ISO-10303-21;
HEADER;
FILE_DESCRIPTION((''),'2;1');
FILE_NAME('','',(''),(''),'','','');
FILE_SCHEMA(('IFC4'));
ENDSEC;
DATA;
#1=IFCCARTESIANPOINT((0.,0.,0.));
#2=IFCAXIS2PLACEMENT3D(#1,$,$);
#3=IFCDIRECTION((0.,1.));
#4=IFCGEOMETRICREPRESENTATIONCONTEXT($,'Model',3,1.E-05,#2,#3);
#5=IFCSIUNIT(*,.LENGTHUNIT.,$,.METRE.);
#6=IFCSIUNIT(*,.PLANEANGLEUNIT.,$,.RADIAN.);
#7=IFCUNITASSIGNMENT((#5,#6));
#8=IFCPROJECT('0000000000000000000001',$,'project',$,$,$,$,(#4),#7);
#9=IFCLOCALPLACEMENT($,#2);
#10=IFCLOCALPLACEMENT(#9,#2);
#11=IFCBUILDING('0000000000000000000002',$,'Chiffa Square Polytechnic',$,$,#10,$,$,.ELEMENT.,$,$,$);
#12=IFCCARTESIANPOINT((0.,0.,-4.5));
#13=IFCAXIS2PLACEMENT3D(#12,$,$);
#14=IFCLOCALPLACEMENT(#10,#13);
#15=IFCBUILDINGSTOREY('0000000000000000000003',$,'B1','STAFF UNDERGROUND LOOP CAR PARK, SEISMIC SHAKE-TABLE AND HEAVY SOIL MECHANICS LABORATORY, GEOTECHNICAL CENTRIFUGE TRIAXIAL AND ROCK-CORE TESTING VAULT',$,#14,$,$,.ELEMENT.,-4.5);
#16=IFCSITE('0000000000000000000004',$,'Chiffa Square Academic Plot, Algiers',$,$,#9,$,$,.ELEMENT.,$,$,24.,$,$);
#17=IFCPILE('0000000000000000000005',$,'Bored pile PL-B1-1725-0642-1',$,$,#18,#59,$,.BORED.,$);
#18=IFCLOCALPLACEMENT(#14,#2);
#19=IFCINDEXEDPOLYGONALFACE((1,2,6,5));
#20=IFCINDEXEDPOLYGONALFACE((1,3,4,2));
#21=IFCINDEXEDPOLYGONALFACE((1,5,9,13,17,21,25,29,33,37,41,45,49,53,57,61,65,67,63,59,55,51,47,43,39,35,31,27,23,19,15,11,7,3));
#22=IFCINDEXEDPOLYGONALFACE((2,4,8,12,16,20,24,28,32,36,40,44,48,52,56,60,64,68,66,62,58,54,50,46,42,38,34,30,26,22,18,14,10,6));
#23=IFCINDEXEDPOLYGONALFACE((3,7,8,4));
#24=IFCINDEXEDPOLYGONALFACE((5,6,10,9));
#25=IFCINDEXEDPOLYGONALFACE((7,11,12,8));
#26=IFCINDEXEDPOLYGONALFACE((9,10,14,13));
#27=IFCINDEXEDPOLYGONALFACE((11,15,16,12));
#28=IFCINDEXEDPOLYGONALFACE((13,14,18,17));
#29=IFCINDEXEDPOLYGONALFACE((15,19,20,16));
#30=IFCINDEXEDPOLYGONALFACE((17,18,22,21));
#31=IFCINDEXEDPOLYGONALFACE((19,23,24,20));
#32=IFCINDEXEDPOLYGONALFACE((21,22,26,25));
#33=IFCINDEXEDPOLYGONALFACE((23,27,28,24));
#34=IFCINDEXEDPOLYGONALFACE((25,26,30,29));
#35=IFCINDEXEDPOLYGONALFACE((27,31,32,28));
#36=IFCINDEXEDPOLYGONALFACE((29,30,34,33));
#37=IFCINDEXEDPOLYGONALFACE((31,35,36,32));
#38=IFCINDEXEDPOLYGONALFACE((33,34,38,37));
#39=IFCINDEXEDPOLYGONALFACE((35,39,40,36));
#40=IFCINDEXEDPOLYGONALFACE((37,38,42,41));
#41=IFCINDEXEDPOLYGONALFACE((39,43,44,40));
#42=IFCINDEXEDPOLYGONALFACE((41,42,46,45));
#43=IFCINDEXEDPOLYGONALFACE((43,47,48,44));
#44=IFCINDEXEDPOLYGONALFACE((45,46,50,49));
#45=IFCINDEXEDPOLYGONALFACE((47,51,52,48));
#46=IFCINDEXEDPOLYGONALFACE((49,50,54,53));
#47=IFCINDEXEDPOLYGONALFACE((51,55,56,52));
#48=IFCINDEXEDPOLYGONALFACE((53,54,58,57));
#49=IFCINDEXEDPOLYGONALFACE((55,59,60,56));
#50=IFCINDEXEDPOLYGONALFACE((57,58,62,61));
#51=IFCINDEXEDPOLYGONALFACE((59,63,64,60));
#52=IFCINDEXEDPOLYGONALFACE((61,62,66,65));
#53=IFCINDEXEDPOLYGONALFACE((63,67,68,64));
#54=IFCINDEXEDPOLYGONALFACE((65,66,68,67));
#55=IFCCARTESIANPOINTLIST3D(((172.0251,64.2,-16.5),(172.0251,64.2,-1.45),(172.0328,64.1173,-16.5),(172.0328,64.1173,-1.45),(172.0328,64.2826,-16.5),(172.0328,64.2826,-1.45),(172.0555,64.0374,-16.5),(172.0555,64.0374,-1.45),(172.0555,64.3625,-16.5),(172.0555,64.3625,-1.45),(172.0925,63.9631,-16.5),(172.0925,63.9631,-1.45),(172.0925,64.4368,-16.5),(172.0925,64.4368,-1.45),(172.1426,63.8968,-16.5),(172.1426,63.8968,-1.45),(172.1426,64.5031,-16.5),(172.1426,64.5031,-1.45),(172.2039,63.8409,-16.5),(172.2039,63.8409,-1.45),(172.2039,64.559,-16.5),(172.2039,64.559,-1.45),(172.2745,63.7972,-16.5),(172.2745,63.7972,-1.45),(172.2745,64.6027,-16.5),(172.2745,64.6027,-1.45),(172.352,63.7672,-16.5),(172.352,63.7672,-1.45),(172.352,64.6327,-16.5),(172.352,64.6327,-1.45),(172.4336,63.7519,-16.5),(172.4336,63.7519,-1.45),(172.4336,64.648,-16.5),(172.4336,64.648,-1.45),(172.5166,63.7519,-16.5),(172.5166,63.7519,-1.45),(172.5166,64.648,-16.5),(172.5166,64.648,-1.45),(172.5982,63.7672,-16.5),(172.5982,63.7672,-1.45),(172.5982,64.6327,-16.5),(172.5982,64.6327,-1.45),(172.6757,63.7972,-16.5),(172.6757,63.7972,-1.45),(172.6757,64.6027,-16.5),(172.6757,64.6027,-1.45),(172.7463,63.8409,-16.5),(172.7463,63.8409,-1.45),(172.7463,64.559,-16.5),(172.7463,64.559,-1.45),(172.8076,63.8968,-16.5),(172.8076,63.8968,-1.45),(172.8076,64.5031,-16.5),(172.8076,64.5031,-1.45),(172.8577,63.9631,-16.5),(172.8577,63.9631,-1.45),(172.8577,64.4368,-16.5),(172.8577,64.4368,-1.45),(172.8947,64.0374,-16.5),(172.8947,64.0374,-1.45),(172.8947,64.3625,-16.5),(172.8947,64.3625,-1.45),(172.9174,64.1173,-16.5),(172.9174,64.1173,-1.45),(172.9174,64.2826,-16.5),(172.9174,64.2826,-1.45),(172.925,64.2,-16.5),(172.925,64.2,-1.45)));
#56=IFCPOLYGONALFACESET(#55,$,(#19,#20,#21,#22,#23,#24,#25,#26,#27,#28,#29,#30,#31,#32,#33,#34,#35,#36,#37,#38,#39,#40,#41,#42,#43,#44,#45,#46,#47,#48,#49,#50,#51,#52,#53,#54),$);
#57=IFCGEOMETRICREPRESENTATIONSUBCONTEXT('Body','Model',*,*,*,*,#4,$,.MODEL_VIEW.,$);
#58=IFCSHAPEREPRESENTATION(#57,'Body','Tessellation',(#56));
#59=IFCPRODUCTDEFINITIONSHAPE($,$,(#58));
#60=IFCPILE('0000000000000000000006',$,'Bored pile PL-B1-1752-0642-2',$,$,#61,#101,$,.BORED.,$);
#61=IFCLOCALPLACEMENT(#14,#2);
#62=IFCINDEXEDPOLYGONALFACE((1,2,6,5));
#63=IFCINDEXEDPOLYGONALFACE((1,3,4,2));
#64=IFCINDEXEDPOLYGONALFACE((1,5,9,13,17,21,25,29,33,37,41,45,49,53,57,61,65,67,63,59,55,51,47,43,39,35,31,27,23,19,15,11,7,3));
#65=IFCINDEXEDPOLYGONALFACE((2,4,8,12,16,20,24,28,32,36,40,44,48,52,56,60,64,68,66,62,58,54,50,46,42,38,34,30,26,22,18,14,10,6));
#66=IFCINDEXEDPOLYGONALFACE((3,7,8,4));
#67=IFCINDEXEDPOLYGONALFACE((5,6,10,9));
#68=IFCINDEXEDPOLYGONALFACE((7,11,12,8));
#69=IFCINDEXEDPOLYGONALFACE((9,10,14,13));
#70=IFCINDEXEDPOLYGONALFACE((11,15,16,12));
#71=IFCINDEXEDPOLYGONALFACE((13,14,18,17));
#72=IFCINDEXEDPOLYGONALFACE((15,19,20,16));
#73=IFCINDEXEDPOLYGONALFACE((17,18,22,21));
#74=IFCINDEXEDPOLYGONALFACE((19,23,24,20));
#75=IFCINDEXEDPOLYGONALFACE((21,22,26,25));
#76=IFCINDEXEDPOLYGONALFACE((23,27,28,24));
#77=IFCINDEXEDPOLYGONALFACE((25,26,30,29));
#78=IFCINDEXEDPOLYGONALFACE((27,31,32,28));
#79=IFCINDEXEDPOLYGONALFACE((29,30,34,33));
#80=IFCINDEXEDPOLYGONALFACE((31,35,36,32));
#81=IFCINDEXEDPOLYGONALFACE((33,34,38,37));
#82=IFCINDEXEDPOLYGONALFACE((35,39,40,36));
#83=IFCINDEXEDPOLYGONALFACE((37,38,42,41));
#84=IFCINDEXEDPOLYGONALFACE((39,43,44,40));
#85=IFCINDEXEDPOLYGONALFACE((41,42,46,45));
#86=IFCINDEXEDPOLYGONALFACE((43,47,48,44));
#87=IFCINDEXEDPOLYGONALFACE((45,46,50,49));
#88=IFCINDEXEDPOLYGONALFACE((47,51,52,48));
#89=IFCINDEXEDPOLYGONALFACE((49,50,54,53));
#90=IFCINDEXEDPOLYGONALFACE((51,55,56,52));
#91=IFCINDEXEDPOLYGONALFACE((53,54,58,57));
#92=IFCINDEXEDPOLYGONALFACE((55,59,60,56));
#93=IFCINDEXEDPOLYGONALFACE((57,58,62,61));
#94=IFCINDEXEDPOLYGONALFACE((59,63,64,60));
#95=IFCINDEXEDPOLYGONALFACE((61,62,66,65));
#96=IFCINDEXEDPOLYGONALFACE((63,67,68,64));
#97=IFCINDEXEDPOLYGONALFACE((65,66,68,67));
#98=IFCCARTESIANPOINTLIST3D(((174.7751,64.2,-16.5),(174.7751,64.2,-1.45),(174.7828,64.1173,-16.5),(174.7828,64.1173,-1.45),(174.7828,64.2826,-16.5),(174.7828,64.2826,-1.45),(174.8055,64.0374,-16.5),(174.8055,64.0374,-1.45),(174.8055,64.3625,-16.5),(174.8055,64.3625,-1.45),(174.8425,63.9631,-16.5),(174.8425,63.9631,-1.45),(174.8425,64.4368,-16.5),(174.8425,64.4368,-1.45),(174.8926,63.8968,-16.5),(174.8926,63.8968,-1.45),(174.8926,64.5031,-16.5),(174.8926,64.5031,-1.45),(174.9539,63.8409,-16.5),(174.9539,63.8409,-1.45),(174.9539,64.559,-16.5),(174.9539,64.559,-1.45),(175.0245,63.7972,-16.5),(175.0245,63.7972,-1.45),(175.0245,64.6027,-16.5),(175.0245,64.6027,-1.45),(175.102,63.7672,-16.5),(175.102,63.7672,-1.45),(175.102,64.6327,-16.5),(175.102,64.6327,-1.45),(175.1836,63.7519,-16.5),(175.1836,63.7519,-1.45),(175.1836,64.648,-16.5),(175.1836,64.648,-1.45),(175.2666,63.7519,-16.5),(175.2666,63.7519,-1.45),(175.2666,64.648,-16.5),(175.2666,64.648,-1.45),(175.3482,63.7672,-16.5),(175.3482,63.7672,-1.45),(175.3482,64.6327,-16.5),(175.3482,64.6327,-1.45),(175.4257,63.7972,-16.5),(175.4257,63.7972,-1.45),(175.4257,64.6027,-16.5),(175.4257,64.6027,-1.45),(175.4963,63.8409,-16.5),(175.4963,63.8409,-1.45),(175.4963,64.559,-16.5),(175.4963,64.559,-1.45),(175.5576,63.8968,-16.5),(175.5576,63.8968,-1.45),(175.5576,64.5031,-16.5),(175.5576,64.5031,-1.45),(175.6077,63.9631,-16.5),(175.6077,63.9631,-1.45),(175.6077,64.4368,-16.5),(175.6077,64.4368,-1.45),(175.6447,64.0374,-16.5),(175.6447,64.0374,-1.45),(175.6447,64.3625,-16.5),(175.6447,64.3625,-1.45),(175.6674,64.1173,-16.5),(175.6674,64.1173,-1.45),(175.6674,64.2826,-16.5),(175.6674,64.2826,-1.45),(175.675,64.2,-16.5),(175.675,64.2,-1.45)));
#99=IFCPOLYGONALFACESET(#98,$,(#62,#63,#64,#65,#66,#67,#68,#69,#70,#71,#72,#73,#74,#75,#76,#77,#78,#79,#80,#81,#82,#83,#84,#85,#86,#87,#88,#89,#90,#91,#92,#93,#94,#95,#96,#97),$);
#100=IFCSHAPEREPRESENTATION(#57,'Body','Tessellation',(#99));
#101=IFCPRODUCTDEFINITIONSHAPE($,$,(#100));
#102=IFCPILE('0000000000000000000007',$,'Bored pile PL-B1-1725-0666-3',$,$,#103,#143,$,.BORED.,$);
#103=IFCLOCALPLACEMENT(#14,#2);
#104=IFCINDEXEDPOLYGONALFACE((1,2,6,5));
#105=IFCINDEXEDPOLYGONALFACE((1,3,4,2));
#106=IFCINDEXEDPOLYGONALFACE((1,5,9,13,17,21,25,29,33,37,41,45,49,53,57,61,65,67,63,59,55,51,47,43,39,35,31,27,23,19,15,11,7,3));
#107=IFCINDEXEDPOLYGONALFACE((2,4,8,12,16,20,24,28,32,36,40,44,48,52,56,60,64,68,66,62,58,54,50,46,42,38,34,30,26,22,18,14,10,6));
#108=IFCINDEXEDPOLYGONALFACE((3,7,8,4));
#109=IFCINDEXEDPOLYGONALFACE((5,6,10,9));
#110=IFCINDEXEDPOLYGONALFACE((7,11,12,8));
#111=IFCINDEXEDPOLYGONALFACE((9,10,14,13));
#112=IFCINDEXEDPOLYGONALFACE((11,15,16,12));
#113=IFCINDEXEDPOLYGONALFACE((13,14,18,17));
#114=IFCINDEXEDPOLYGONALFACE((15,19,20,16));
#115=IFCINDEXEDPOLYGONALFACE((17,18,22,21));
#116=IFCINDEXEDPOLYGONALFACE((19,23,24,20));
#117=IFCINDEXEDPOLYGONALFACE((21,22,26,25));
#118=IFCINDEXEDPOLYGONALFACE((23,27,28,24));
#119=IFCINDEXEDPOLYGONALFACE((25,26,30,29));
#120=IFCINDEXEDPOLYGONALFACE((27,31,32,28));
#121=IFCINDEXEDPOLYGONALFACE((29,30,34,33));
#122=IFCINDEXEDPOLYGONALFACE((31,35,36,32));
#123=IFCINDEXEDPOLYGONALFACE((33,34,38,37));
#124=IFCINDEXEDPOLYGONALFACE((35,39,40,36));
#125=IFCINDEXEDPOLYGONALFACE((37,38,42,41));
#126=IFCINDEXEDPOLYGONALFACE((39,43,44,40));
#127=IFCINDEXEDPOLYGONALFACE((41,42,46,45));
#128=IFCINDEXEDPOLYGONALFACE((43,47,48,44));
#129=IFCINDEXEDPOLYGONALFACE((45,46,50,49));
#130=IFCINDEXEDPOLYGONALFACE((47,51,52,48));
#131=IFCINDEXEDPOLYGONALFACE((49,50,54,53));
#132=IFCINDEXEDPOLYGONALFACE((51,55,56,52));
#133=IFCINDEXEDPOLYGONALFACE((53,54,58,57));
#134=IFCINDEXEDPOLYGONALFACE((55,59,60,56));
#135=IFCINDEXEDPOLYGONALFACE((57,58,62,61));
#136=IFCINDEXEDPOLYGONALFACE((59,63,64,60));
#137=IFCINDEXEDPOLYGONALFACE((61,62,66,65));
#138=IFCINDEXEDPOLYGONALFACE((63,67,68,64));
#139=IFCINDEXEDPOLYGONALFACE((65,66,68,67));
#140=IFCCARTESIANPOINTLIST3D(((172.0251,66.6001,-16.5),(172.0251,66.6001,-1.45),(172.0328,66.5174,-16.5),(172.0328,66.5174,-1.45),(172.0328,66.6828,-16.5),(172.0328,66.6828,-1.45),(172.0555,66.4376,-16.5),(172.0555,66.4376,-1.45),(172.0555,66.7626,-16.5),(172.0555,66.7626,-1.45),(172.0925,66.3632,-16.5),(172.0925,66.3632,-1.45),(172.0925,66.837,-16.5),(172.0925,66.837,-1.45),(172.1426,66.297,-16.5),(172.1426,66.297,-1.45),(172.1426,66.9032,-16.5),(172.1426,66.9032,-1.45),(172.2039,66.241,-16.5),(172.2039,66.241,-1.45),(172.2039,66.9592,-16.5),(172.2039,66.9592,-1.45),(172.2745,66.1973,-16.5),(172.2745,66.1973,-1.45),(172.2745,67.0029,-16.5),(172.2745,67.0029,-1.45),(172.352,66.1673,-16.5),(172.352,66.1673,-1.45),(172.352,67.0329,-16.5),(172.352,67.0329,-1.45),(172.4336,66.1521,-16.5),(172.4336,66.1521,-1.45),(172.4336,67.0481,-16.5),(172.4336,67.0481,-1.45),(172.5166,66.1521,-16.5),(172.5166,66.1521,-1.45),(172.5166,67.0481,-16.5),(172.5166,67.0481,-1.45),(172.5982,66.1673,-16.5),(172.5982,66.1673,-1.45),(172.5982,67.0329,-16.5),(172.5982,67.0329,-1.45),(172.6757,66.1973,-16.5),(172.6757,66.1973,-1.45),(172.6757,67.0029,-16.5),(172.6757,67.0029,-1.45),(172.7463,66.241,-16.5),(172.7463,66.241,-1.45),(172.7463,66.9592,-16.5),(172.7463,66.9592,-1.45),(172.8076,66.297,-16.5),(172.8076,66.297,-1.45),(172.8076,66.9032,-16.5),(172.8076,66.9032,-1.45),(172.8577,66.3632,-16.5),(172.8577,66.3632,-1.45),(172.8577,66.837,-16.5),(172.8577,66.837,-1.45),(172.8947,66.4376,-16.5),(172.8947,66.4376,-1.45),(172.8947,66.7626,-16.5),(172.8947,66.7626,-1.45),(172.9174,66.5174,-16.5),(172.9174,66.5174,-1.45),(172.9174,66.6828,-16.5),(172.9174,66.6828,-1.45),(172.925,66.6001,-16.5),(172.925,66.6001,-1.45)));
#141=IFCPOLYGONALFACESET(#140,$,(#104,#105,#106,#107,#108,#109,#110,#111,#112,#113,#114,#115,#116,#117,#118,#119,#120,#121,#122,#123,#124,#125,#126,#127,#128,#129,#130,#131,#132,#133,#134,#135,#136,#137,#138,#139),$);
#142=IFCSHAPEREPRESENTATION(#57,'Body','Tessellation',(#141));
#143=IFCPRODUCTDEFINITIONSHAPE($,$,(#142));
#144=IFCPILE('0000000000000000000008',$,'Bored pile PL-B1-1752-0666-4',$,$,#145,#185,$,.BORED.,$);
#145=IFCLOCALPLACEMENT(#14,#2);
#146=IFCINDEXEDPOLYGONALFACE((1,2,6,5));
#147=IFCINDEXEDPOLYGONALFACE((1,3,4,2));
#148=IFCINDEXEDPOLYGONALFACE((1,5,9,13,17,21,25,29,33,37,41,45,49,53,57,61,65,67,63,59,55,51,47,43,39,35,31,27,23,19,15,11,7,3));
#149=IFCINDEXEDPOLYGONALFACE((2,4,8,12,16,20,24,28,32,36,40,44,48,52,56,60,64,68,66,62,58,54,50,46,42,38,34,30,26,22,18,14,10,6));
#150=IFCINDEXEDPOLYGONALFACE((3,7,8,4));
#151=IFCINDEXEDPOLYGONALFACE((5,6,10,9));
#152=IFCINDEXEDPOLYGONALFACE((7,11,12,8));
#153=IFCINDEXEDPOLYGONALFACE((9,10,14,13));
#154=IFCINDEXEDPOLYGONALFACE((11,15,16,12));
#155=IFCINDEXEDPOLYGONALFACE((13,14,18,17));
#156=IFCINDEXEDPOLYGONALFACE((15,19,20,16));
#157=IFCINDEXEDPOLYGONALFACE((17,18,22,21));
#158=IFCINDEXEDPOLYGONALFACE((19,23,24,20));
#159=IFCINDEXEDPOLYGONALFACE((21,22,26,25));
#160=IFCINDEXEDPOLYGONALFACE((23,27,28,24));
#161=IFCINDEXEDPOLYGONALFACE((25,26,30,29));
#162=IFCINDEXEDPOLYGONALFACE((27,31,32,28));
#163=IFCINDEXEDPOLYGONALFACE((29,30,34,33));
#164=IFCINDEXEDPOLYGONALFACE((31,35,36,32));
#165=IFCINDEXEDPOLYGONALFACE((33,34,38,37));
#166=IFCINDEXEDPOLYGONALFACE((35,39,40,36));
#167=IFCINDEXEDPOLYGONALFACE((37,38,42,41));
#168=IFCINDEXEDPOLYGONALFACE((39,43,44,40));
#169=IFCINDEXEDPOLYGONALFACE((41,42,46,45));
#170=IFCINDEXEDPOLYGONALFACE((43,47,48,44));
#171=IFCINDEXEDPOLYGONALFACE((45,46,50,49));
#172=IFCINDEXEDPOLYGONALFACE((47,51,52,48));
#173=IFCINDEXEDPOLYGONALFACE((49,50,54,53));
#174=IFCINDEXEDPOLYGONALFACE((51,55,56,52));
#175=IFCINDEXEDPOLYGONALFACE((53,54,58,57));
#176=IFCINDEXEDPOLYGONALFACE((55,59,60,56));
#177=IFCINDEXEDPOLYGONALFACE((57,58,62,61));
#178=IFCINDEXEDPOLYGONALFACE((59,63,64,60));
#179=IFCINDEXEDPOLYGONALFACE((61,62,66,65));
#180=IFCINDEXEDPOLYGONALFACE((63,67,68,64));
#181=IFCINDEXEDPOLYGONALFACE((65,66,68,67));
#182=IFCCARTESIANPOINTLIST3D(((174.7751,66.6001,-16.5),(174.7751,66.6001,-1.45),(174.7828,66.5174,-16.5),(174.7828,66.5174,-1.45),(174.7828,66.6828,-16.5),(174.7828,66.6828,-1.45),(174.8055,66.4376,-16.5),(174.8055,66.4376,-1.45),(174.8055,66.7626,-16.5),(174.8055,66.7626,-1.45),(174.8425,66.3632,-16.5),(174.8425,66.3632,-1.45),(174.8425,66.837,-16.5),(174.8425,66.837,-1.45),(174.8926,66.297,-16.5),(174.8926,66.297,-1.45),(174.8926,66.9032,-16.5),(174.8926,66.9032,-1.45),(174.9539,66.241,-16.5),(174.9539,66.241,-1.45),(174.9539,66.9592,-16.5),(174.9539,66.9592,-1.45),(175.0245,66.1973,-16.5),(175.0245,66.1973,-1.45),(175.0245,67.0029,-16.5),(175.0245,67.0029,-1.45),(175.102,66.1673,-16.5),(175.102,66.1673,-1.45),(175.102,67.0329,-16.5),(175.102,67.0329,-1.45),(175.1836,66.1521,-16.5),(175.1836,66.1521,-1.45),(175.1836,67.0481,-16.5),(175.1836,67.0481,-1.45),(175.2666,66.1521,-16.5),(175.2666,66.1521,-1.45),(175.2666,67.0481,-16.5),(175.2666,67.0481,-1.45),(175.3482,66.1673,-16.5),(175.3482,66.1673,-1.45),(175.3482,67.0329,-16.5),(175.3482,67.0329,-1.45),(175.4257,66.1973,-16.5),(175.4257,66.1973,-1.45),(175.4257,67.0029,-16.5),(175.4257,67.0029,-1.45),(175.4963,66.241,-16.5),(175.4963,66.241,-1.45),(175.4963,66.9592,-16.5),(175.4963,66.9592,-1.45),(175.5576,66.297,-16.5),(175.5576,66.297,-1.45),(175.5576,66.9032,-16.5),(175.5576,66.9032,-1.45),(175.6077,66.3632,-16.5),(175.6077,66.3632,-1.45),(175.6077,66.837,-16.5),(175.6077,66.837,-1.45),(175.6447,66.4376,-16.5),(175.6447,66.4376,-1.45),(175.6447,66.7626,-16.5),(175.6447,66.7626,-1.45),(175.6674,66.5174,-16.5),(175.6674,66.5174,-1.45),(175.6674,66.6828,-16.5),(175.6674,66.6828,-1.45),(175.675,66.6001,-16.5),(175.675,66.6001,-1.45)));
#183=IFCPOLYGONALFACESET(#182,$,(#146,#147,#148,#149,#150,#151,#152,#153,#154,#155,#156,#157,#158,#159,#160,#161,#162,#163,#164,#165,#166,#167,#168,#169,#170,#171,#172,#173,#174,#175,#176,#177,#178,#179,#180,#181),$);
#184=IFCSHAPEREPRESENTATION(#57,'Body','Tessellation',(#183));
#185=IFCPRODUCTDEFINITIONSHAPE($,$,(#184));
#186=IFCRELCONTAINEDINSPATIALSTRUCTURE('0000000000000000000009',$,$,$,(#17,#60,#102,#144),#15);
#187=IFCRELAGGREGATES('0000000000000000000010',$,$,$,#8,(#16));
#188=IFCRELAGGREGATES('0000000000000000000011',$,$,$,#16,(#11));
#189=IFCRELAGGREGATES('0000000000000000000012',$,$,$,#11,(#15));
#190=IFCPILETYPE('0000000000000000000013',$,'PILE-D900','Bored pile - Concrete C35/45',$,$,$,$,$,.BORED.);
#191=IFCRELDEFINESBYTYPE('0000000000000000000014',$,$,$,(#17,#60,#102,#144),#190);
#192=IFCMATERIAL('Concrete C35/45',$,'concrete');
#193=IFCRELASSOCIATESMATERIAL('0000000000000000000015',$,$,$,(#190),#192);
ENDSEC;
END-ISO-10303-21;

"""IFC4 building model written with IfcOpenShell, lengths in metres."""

from ifc_helpers import new_model, si_unit, direction, frame, origin, origin_2d, place, context, subcontext, project, spatial, circle, extrude, material, material_profile, profile_set, type_object, element, save


model = new_model("IFC4")

# Units and contexts
model_context = context("Model", 3, precision=1e-05, world=origin(), true_north=direction((0.0, 1.0)))
body_context = subcontext(model_context, "Body", "Model", "MODEL_VIEW")
ifc_project = project(units=[si_unit("LENGTHUNIT", "METRE"), si_unit("PLANEANGLEUNIT", "RADIAN")], contexts=[model_context])

# Site, building, storey
site_placement = place(None, origin())
site = spatial("IfcSite", under=ifc_project, at=site_placement, Name="Chiffa Square Academic Plot, Algiers", CompositionType="ELEMENT", RefElevation=24.0)
building_placement = place(site_placement, origin())
building = spatial("IfcBuilding", under=site, at=building_placement, Name="Chiffa Square Polytechnic", CompositionType="ELEMENT")
storey_placement = place(building_placement, frame((0.0, 0.0, -4.5)))
storey = spatial("IfcBuildingStorey", under=building, at=storey_placement, Name="B1", Description="STAFF UNDERGROUND LOOP CAR PARK, SEISMIC SHAKE-TABLE AND HEAVY SOIL MECHANICS LABORATORY, GEOTECHNICAL CENTRIFUGE TRIAXIAL AND ROCK-CORE TESTING VAULT", CompositionType="ELEMENT", Elevation=-4.5)

# Shared definitions
ifc_material = material(Name="Concrete C35/45", Category="concrete")

# Piles
ifc_material_profile_1 = material_profile(ifc_material, circle(Radius=0.45, at=origin_2d()), Name="PILE D900")
ifc_profile_set_1 = profile_set([ifc_material_profile_1], Name="Concrete C35/45")
pile_type_1 = type_object("IfcPileType", Name="PILE-D900", Description="Bored pile - Concrete C35/45", PredefinedType="BORED", material=ifc_profile_set_1)
for number, where, z_axis, x_axis, name in (
    (1, (172.4751, 64.2, -1.45), (0.0, 0.0, -1.0), (1.0, 0.0, 0.0), "Bored pile PL-B1-1725-0642-1"),
    (2, (175.2251, 64.2, -1.45), (0.0, 0.0, -1.0), (1.0, 0.0, 0.0), "Bored pile PL-B1-1752-0642-2"),
    (3, (172.4751, 66.6001, -1.45), (0.0, 0.0, -1.0), (1.0, 0.0, 0.0), "Bored pile PL-B1-1725-0666-3"),
    (4, (175.2251, 66.6001, -1.45), (0.0, 0.0, -1.0), (1.0, 0.0, 0.0), "Bored pile PL-B1-1752-0666-4"),
):
    element("IfcPile", number, at=place(storey_placement, frame(where, z_axis=z_axis, x_axis=x_axis)), inside=storey, type_object=pile_type_1, Name=name, PredefinedType="BORED", context=body_context, shape_type="SweptSolid", body=[
        extrude(circle(Radius=0.45, at=origin_2d()), origin(), (0.0, 0.0, 1.0), 15.05),
    ])

save(model, "model.ifc")
